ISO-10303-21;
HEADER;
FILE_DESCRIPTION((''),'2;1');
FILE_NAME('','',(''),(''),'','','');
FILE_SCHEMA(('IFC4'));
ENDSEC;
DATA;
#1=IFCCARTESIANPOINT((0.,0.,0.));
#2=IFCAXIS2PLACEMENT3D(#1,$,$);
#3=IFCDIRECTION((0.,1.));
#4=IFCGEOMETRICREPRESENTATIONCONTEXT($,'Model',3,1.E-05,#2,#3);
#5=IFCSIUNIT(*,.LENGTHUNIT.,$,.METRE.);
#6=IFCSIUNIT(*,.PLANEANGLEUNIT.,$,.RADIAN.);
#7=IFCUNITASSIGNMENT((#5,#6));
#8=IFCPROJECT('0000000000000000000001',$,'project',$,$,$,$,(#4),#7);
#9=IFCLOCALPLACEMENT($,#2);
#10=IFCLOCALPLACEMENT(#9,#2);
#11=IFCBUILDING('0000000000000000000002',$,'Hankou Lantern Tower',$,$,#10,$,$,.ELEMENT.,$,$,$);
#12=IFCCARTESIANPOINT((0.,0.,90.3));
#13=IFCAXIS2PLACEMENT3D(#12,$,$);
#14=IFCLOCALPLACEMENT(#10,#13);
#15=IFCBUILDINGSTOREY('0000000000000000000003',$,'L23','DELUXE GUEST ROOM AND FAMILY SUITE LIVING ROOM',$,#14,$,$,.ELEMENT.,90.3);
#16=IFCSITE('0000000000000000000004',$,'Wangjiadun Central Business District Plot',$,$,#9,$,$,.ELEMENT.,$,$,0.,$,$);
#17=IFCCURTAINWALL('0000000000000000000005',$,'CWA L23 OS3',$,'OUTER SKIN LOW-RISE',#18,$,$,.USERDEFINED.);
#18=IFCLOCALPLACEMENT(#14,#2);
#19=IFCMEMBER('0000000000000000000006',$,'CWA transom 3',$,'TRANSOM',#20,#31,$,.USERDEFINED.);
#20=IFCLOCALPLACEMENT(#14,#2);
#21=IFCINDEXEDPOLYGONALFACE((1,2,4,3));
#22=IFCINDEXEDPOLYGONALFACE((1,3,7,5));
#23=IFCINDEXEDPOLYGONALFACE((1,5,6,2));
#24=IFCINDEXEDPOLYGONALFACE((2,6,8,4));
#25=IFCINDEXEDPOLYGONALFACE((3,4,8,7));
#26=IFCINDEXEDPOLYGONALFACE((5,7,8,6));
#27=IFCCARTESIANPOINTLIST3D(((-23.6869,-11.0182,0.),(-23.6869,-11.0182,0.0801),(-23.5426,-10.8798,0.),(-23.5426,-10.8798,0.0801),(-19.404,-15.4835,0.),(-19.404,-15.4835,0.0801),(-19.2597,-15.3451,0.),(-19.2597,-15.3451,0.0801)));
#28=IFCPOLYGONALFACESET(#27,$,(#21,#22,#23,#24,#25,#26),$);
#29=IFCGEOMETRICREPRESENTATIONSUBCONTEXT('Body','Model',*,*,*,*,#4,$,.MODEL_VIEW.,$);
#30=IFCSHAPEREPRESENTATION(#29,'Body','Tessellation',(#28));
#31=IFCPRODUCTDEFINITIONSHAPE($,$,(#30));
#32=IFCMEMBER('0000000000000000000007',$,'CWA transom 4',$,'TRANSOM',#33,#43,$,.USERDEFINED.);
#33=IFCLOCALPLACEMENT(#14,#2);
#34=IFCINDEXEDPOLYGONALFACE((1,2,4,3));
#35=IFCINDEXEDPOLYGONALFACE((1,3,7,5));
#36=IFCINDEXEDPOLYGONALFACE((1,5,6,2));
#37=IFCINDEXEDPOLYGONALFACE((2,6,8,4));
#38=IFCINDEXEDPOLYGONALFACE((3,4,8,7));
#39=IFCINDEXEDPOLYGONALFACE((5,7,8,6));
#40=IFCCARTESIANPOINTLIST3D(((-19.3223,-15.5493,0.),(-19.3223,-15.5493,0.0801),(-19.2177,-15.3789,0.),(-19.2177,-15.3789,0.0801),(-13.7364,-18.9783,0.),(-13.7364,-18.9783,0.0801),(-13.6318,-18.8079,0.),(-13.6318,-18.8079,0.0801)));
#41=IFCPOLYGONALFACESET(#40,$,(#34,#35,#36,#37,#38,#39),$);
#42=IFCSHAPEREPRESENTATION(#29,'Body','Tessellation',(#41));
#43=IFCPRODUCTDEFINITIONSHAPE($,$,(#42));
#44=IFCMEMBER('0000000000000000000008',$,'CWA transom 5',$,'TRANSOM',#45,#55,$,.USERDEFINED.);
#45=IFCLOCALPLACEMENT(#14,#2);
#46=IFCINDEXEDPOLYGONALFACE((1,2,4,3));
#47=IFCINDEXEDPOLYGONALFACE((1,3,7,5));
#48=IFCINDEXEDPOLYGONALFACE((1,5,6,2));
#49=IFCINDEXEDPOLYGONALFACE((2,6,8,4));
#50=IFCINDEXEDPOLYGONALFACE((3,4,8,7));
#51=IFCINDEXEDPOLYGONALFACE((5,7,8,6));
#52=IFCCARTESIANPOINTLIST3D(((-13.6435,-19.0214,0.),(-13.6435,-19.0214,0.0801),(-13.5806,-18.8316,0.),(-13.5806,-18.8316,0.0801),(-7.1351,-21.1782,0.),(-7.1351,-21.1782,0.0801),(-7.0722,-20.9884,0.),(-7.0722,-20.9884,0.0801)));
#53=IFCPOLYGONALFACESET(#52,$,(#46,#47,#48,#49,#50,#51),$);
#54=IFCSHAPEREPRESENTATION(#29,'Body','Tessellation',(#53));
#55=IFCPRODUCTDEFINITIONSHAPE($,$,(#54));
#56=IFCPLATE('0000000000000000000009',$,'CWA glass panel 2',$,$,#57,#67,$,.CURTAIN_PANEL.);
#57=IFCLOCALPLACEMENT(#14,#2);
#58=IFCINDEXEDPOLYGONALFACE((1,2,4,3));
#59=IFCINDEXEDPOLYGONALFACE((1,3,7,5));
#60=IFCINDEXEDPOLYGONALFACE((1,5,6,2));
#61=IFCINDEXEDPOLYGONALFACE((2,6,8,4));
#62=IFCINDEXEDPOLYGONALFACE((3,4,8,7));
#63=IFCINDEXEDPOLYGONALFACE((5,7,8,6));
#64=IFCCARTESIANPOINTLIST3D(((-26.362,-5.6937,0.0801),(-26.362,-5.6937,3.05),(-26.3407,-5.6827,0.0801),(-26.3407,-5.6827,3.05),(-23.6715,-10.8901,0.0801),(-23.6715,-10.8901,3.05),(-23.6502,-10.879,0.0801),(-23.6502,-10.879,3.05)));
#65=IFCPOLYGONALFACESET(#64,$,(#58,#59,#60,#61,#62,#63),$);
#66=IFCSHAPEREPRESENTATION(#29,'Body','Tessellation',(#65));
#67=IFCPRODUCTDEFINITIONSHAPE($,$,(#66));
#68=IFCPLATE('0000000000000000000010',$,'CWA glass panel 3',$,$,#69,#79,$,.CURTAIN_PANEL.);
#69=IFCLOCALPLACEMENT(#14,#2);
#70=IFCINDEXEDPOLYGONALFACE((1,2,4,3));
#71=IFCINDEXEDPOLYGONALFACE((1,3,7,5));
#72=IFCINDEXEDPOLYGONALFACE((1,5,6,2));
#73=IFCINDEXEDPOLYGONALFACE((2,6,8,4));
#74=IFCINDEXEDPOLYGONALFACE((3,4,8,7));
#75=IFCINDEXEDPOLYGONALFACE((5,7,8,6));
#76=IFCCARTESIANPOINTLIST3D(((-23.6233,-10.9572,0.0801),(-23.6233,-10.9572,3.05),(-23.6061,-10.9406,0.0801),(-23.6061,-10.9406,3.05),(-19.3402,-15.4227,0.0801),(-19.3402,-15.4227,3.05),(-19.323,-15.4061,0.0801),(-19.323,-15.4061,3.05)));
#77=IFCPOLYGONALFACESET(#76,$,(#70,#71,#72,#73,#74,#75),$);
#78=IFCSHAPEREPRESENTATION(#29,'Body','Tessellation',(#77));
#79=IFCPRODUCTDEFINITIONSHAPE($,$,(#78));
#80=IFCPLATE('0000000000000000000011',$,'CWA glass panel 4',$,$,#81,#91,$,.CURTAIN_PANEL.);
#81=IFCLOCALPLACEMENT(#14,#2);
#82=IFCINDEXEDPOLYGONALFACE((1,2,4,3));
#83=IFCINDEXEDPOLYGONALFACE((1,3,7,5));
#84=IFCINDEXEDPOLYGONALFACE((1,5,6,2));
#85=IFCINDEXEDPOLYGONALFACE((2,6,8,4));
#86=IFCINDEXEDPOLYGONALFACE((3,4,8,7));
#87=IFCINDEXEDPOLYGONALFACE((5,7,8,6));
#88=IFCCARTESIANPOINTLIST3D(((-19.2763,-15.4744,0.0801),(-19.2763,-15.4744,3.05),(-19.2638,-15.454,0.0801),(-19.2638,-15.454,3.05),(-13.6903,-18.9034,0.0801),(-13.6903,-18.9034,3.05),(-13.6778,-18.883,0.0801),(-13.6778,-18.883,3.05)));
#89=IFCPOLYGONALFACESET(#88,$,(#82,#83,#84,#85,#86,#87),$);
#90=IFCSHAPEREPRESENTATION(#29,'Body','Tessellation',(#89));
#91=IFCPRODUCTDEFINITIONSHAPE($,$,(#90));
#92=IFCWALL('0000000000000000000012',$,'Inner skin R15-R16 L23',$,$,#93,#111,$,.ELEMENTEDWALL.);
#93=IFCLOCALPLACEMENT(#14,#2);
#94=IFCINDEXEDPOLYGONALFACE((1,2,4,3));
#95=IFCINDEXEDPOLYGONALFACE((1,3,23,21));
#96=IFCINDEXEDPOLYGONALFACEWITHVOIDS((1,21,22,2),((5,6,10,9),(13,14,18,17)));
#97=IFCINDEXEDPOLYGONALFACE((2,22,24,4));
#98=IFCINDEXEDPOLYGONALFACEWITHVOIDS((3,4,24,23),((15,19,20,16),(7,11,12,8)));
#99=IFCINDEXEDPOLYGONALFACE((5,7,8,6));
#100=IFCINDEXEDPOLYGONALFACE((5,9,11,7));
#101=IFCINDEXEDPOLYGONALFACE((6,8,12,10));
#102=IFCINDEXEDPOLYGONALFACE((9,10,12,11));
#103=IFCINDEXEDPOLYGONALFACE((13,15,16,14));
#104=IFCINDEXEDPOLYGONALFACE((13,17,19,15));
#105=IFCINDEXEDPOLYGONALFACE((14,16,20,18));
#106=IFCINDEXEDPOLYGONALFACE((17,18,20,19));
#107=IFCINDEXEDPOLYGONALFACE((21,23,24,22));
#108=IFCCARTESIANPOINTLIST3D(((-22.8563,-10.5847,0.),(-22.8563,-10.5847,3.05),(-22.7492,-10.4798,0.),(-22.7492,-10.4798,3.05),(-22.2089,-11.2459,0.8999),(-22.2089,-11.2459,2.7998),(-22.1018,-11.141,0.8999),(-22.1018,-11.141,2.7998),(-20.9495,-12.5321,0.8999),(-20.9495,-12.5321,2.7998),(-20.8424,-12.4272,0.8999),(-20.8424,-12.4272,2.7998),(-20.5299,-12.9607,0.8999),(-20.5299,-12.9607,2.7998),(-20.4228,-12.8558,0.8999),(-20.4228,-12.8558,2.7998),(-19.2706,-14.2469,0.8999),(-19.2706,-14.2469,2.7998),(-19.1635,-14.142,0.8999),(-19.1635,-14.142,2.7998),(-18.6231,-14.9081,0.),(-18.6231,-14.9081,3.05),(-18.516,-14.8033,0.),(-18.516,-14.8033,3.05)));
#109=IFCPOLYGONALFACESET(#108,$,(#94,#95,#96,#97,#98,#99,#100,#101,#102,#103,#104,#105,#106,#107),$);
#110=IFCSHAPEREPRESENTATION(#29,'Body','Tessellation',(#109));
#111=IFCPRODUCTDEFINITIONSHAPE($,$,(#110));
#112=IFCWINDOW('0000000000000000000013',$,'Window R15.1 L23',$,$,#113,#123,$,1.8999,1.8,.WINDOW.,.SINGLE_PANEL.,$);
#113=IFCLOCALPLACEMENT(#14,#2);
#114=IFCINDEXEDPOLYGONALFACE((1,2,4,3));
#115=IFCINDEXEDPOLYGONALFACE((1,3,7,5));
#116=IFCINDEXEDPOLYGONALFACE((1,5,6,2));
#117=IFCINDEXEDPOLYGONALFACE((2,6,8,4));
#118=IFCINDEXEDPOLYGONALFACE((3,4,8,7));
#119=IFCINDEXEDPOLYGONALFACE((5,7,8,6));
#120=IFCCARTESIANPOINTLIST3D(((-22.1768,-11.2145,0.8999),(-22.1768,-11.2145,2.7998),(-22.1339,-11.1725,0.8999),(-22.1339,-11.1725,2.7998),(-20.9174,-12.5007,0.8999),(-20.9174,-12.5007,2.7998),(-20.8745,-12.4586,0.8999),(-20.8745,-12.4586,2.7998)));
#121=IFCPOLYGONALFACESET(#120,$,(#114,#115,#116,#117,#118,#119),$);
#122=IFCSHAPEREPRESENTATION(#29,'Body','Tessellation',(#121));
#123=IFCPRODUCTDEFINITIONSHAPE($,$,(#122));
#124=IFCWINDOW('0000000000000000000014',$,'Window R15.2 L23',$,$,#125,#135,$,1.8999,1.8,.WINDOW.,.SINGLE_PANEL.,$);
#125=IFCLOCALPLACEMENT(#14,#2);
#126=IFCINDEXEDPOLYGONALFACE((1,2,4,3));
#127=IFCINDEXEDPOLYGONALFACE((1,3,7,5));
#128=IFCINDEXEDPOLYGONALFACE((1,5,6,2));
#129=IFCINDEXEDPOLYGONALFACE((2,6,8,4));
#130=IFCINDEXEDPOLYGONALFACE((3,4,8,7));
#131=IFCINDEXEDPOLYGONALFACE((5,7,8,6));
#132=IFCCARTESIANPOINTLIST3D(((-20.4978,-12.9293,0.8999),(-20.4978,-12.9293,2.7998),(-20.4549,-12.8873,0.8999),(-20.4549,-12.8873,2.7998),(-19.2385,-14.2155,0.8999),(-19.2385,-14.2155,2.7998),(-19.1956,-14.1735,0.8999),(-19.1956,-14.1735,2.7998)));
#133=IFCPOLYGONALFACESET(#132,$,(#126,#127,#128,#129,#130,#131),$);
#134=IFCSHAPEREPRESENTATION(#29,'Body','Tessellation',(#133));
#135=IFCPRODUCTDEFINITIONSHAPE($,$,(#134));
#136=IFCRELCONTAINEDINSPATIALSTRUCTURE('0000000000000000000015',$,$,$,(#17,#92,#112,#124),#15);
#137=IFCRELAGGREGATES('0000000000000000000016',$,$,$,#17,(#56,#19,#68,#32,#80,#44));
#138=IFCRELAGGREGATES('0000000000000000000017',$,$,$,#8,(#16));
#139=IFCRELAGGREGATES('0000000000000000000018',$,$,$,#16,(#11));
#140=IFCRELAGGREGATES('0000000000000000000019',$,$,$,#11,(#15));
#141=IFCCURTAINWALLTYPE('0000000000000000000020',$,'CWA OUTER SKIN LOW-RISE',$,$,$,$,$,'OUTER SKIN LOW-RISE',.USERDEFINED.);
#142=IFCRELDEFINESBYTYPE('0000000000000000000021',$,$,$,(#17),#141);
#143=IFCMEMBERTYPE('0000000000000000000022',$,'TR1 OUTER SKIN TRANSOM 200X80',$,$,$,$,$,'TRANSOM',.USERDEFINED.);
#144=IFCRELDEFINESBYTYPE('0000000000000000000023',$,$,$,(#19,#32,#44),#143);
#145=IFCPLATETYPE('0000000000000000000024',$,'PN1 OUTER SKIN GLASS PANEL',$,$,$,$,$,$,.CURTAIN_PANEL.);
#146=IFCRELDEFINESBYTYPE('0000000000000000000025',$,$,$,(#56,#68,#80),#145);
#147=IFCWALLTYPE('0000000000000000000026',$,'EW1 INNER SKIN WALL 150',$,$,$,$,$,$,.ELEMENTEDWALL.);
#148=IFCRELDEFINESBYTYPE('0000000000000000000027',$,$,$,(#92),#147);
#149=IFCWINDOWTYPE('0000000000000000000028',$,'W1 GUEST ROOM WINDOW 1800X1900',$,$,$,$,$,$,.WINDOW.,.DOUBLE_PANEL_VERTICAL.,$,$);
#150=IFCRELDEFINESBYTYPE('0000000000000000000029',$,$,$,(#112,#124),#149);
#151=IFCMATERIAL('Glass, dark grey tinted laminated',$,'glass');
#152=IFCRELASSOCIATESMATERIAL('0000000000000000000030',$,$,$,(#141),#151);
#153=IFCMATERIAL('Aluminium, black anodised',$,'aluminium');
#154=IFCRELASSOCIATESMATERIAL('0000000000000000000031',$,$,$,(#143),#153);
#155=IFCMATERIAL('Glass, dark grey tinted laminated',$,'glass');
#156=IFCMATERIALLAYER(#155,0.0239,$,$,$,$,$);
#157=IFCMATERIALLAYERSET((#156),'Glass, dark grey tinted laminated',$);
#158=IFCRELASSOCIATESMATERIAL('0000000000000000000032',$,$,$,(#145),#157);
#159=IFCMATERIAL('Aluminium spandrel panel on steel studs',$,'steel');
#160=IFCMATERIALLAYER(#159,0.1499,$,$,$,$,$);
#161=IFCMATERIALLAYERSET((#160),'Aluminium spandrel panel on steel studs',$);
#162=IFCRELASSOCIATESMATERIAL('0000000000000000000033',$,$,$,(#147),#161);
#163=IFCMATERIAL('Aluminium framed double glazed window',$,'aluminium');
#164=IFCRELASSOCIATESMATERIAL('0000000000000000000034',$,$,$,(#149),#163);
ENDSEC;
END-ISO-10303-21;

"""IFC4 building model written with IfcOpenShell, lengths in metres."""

from ifc_helpers import new_model, si_unit, direction, frame, frame_2d, origin, origin_2d, place, context, subcontext, project, spatial, rectangle, extrude, material, layer, layer_set, material_profile, profile_set, type_object, element, fill, aggregate, save


model = new_model("IFC4")

# Units and contexts
model_context = context("Model", 3, precision=1e-05, world=origin(), true_north=direction((0.0, 1.0)))
body_context = subcontext(model_context, "Body", "Model", "MODEL_VIEW")
ifc_project = project(units=[si_unit("LENGTHUNIT", "METRE"), si_unit("PLANEANGLEUNIT", "RADIAN")], contexts=[model_context])

# Site, building, storey
site_placement = place(None, origin())
site = spatial("IfcSite", under=ifc_project, at=site_placement, Name="Wangjiadun Central Business District Plot", CompositionType="ELEMENT", RefElevation=0.0)
building_placement = place(site_placement, origin())
building = spatial("IfcBuilding", under=site, at=building_placement, Name="Hankou Lantern Tower", CompositionType="ELEMENT")
storey_placement = place(building_placement, frame((0.0, 0.0, 90.3)))
storey = spatial("IfcBuildingStorey", under=building, at=storey_placement, Name="L23", Description="DELUXE GUEST ROOM AND FAMILY SUITE LIVING ROOM", CompositionType="ELEMENT", Elevation=90.3)

# Curtain wall
ifc_material_1 = material(Name="Glass, dark grey tinted laminated", Category="glass")
curtain_wall_type = type_object("IfcCurtainWallType", Name="CWA OUTER SKIN LOW-RISE", ElementType="OUTER SKIN LOW-RISE", PredefinedType="USERDEFINED", material=ifc_material_1)
curtain_wall_placement = place(storey_placement, origin())
curtain_wall = element("IfcCurtainWall", 1, at=curtain_wall_placement, inside=storey, type_object=curtain_wall_type, Name="CWA L23 OS3", ObjectType="OUTER SKIN LOW-RISE", PredefinedType="USERDEFINED")

# Members
ifc_material_2 = material(Name="Aluminium, black anodised", Category="aluminium")
ifc_material_profile_1 = material_profile(ifc_material_2, rectangle(XDim=0.2, YDim=0.0801, at=origin_2d()), Name="TR1 200X80")
ifc_profile_set_1 = profile_set([ifc_material_profile_1], Name="Aluminium, black anodised")
member_type_1 = type_object("IfcMemberType", Name="TR1 OUTER SKIN TRANSOM 200X80", ElementType="TRANSOM", PredefinedType="USERDEFINED", material=ifc_profile_set_1)
member_1_placement = place(storey_placement, frame((-23.6147, -10.949, 0.04), z_axis=(0.692216, -0.721691, 0.0), x_axis=(0.721691, 0.692216, 0.0)))
member_1 = element("IfcMember", 2, at=member_1_placement, type_object=member_type_1, Name="CWA transom 3", ObjectType="TRANSOM", PredefinedType="USERDEFINED", context=body_context, shape_type="SweptSolid", body=[
    extrude(rectangle(XDim=0.2, YDim=0.0801, at=origin_2d()), origin(), (0.0, 0.0, 1.0), 6.1873),
])
member_2_placement = place(storey_placement, frame((-19.27, -15.4641, 0.04), z_axis=(0.85224, -0.523152, 0.0), x_axis=(0.523152, 0.85224, 0.0)))
member_2 = element("IfcMember", 3, at=member_2_placement, type_object=member_type_1, Name="CWA transom 4", ObjectType="TRANSOM", PredefinedType="USERDEFINED", context=body_context, shape_type="SweptSolid", body=[
    extrude(rectangle(XDim=0.2, YDim=0.0801, at=origin_2d()), origin(), (0.0, 0.0, 1.0), 6.5544),
])
member_3_placement = place(storey_placement, frame((-13.6121, -18.9265, 0.04), z_axis=(0.949237, -0.314561, 0.0), x_axis=(0.314561, 0.949237, 0.0)))
member_3 = element("IfcMember", 4, at=member_3_placement, type_object=member_type_1, Name="CWA transom 5", ObjectType="TRANSOM", PredefinedType="USERDEFINED", context=body_context, shape_type="SweptSolid", body=[
    extrude(rectangle(XDim=0.2, YDim=0.0801, at=origin_2d()), origin(), (0.0, 0.0, 1.0), 6.8564),
])

# Plates
ifc_material_3 = material(Name="Glass, dark grey tinted laminated", Category="glass")
ifc_layer_1 = layer(ifc_material_3, 0.0239)
ifc_layer_set_1 = layer_set([ifc_layer_1], Name="Glass, dark grey tinted laminated")
plate_type = type_object("IfcPlateType", Name="PN1 OUTER SKIN GLASS PANEL", PredefinedType="CURTAIN_PANEL", material=ifc_layer_set_1)
plate_1_placement = place(storey_placement, frame((-25.0061, -8.2864, 0.0801), z_axis=(0.0, 0.0, 1.0), x_axis=(0.459791, -0.888027, 0.0)))
plate_1 = element("IfcPlate", 5, at=plate_1_placement, type_object=plate_type, Name="CWA glass panel 2", PredefinedType="CURTAIN_PANEL", context=body_context, shape_type="SweptSolid", body=[
    extrude(rectangle(XDim=5.8516, YDim=0.0239, at=origin_2d()), origin(), (0.0, 0.0, 1.0), 2.97),
])
plate_2_placement = place(storey_placement, frame((-21.4731, -13.1816, 0.0801), z_axis=(0.0, 0.0, 1.0), x_axis=(0.692216, -0.721691, 0.0)))
plate_2 = element("IfcPlate", 6, at=plate_2_placement, type_object=plate_type, Name="CWA glass panel 3", PredefinedType="CURTAIN_PANEL", context=body_context, shape_type="SweptSolid", body=[
    extrude(rectangle(XDim=6.1875, YDim=0.0239, at=origin_2d()), origin(), (0.0, 0.0, 1.0), 2.97),
])
plate_3_placement = place(storey_placement, frame((-16.4771, -17.1787, 0.0801), z_axis=(0.0, 0.0, 1.0), x_axis=(0.852237, -0.523156, 0.0)))
plate_3 = element("IfcPlate", 7, at=plate_3_placement, type_object=plate_type, Name="CWA glass panel 4", PredefinedType="CURTAIN_PANEL", context=body_context, shape_type="SweptSolid", body=[
    extrude(rectangle(XDim=6.5544, YDim=0.0239, at=origin_2d()), origin(), (0.0, 0.0, 1.0), 2.97),
])
aggregate(curtain_wall, [plate_1, member_1, plate_2, member_2, plate_3, member_3])

# Wall, openings, windows
ifc_material_4 = material(Name="Aluminium spandrel panel on steel studs", Category="steel")
ifc_layer_2 = layer(ifc_material_4, 0.1499)
ifc_layer_set_2 = layer_set([ifc_layer_2], Name="Aluminium spandrel panel on steel studs")
wall_type_1 = type_object("IfcWallType", Name="EW1 INNER SKIN WALL 150", PredefinedType="ELEMENTEDWALL", material=ifc_layer_set_2)
wall_1_placement = place(storey_placement, frame((-22.8027, -10.5322, 0.0), z_axis=(0.0, 0.0, 1.0), x_axis=(0.699603, -0.714532, 0.0)))
wall_1 = element("IfcWall", 8, at=wall_1_placement, inside=storey, type_object=wall_type_1, Name="Inner skin R15-R16 L23", PredefinedType="ELEMENTEDWALL", context=body_context, shape_type="SweptSolid", body=[
    extrude(rectangle(XDim=6.0508, YDim=0.1499, at=frame_2d((3.0254, 0.0))), origin(), (0.0, 0.0, 1.0), 3.05),
])
opening_1_placement = place(wall_1_placement, frame((0.9255, 0.0, 0.8999)))
opening_1 = element("IfcOpeningElement", 9, at=opening_1_placement, cuts=wall_1, PredefinedType="OPENING", context=body_context, shape_type="SweptSolid", body=[
    extrude(rectangle(XDim=1.8, YDim=1.8999, at=frame_2d((0.8999, 0.95))), frame((0.0, 0.085, 0.0), z_axis=(0.0, -1.0, 0.0), x_axis=(1.0, 0.0, 0.0)), (0.0, 0.0, 1.0), 0.1699),
])
opening_2_placement = place(wall_1_placement, frame((3.3254, 0.0, 0.8999)))
opening_2 = element("IfcOpeningElement", 10, at=opening_2_placement, cuts=wall_1, PredefinedType="OPENING", context=body_context, shape_type="SweptSolid", body=[
    extrude(rectangle(XDim=1.8, YDim=1.8999, at=frame_2d((0.8999, 0.95))), frame((0.0, 0.085, 0.0), z_axis=(0.0, -1.0, 0.0), x_axis=(1.0, 0.0, 0.0)), (0.0, 0.0, 1.0), 0.1699),
])
ifc_material_5 = material(Name="Aluminium framed double glazed window", Category="aluminium")
window_type = type_object("IfcWindowType", Name="W1 GUEST ROOM WINDOW 1800X1900", PartitioningType="DOUBLE_PANEL_VERTICAL", PredefinedType="WINDOW", material=ifc_material_5)
window_1_placement = place(opening_1_placement, origin())
window_1 = element("IfcWindow", 11, at=window_1_placement, inside=storey, type_object=window_type, Name="Window R15.1 L23", OverallHeight=1.8999, OverallWidth=1.8, PartitioningType="SINGLE_PANEL", PredefinedType="WINDOW", context=body_context, shape_type="SweptSolid", body=[
    extrude(rectangle(XDim=1.8, YDim=1.8999, at=frame_2d((0.8999, 0.95))), frame((0.0, 0.03, 0.0), z_axis=(0.0, -1.0, 0.0), x_axis=(1.0, 0.0, 0.0)), (0.0, 0.0, 1.0), 0.0601),
])
fill(opening_1, window_1)
window_2_placement = place(opening_2_placement, origin())
window_2 = element("IfcWindow", 12, at=window_2_placement, inside=storey, type_object=window_type, Name="Window R15.2 L23", OverallHeight=1.8999, OverallWidth=1.8, PartitioningType="SINGLE_PANEL", PredefinedType="WINDOW", context=body_context, shape_type="SweptSolid", body=[
    extrude(rectangle(XDim=1.8, YDim=1.8999, at=frame_2d((0.8999, 0.95))), frame((0.0, 0.03, 0.0), z_axis=(0.0, -1.0, 0.0), x_axis=(1.0, 0.0, 0.0)), (0.0, 0.0, 1.0), 0.0601),
])
fill(opening_2, window_2)

save(model, "model.ifc")
